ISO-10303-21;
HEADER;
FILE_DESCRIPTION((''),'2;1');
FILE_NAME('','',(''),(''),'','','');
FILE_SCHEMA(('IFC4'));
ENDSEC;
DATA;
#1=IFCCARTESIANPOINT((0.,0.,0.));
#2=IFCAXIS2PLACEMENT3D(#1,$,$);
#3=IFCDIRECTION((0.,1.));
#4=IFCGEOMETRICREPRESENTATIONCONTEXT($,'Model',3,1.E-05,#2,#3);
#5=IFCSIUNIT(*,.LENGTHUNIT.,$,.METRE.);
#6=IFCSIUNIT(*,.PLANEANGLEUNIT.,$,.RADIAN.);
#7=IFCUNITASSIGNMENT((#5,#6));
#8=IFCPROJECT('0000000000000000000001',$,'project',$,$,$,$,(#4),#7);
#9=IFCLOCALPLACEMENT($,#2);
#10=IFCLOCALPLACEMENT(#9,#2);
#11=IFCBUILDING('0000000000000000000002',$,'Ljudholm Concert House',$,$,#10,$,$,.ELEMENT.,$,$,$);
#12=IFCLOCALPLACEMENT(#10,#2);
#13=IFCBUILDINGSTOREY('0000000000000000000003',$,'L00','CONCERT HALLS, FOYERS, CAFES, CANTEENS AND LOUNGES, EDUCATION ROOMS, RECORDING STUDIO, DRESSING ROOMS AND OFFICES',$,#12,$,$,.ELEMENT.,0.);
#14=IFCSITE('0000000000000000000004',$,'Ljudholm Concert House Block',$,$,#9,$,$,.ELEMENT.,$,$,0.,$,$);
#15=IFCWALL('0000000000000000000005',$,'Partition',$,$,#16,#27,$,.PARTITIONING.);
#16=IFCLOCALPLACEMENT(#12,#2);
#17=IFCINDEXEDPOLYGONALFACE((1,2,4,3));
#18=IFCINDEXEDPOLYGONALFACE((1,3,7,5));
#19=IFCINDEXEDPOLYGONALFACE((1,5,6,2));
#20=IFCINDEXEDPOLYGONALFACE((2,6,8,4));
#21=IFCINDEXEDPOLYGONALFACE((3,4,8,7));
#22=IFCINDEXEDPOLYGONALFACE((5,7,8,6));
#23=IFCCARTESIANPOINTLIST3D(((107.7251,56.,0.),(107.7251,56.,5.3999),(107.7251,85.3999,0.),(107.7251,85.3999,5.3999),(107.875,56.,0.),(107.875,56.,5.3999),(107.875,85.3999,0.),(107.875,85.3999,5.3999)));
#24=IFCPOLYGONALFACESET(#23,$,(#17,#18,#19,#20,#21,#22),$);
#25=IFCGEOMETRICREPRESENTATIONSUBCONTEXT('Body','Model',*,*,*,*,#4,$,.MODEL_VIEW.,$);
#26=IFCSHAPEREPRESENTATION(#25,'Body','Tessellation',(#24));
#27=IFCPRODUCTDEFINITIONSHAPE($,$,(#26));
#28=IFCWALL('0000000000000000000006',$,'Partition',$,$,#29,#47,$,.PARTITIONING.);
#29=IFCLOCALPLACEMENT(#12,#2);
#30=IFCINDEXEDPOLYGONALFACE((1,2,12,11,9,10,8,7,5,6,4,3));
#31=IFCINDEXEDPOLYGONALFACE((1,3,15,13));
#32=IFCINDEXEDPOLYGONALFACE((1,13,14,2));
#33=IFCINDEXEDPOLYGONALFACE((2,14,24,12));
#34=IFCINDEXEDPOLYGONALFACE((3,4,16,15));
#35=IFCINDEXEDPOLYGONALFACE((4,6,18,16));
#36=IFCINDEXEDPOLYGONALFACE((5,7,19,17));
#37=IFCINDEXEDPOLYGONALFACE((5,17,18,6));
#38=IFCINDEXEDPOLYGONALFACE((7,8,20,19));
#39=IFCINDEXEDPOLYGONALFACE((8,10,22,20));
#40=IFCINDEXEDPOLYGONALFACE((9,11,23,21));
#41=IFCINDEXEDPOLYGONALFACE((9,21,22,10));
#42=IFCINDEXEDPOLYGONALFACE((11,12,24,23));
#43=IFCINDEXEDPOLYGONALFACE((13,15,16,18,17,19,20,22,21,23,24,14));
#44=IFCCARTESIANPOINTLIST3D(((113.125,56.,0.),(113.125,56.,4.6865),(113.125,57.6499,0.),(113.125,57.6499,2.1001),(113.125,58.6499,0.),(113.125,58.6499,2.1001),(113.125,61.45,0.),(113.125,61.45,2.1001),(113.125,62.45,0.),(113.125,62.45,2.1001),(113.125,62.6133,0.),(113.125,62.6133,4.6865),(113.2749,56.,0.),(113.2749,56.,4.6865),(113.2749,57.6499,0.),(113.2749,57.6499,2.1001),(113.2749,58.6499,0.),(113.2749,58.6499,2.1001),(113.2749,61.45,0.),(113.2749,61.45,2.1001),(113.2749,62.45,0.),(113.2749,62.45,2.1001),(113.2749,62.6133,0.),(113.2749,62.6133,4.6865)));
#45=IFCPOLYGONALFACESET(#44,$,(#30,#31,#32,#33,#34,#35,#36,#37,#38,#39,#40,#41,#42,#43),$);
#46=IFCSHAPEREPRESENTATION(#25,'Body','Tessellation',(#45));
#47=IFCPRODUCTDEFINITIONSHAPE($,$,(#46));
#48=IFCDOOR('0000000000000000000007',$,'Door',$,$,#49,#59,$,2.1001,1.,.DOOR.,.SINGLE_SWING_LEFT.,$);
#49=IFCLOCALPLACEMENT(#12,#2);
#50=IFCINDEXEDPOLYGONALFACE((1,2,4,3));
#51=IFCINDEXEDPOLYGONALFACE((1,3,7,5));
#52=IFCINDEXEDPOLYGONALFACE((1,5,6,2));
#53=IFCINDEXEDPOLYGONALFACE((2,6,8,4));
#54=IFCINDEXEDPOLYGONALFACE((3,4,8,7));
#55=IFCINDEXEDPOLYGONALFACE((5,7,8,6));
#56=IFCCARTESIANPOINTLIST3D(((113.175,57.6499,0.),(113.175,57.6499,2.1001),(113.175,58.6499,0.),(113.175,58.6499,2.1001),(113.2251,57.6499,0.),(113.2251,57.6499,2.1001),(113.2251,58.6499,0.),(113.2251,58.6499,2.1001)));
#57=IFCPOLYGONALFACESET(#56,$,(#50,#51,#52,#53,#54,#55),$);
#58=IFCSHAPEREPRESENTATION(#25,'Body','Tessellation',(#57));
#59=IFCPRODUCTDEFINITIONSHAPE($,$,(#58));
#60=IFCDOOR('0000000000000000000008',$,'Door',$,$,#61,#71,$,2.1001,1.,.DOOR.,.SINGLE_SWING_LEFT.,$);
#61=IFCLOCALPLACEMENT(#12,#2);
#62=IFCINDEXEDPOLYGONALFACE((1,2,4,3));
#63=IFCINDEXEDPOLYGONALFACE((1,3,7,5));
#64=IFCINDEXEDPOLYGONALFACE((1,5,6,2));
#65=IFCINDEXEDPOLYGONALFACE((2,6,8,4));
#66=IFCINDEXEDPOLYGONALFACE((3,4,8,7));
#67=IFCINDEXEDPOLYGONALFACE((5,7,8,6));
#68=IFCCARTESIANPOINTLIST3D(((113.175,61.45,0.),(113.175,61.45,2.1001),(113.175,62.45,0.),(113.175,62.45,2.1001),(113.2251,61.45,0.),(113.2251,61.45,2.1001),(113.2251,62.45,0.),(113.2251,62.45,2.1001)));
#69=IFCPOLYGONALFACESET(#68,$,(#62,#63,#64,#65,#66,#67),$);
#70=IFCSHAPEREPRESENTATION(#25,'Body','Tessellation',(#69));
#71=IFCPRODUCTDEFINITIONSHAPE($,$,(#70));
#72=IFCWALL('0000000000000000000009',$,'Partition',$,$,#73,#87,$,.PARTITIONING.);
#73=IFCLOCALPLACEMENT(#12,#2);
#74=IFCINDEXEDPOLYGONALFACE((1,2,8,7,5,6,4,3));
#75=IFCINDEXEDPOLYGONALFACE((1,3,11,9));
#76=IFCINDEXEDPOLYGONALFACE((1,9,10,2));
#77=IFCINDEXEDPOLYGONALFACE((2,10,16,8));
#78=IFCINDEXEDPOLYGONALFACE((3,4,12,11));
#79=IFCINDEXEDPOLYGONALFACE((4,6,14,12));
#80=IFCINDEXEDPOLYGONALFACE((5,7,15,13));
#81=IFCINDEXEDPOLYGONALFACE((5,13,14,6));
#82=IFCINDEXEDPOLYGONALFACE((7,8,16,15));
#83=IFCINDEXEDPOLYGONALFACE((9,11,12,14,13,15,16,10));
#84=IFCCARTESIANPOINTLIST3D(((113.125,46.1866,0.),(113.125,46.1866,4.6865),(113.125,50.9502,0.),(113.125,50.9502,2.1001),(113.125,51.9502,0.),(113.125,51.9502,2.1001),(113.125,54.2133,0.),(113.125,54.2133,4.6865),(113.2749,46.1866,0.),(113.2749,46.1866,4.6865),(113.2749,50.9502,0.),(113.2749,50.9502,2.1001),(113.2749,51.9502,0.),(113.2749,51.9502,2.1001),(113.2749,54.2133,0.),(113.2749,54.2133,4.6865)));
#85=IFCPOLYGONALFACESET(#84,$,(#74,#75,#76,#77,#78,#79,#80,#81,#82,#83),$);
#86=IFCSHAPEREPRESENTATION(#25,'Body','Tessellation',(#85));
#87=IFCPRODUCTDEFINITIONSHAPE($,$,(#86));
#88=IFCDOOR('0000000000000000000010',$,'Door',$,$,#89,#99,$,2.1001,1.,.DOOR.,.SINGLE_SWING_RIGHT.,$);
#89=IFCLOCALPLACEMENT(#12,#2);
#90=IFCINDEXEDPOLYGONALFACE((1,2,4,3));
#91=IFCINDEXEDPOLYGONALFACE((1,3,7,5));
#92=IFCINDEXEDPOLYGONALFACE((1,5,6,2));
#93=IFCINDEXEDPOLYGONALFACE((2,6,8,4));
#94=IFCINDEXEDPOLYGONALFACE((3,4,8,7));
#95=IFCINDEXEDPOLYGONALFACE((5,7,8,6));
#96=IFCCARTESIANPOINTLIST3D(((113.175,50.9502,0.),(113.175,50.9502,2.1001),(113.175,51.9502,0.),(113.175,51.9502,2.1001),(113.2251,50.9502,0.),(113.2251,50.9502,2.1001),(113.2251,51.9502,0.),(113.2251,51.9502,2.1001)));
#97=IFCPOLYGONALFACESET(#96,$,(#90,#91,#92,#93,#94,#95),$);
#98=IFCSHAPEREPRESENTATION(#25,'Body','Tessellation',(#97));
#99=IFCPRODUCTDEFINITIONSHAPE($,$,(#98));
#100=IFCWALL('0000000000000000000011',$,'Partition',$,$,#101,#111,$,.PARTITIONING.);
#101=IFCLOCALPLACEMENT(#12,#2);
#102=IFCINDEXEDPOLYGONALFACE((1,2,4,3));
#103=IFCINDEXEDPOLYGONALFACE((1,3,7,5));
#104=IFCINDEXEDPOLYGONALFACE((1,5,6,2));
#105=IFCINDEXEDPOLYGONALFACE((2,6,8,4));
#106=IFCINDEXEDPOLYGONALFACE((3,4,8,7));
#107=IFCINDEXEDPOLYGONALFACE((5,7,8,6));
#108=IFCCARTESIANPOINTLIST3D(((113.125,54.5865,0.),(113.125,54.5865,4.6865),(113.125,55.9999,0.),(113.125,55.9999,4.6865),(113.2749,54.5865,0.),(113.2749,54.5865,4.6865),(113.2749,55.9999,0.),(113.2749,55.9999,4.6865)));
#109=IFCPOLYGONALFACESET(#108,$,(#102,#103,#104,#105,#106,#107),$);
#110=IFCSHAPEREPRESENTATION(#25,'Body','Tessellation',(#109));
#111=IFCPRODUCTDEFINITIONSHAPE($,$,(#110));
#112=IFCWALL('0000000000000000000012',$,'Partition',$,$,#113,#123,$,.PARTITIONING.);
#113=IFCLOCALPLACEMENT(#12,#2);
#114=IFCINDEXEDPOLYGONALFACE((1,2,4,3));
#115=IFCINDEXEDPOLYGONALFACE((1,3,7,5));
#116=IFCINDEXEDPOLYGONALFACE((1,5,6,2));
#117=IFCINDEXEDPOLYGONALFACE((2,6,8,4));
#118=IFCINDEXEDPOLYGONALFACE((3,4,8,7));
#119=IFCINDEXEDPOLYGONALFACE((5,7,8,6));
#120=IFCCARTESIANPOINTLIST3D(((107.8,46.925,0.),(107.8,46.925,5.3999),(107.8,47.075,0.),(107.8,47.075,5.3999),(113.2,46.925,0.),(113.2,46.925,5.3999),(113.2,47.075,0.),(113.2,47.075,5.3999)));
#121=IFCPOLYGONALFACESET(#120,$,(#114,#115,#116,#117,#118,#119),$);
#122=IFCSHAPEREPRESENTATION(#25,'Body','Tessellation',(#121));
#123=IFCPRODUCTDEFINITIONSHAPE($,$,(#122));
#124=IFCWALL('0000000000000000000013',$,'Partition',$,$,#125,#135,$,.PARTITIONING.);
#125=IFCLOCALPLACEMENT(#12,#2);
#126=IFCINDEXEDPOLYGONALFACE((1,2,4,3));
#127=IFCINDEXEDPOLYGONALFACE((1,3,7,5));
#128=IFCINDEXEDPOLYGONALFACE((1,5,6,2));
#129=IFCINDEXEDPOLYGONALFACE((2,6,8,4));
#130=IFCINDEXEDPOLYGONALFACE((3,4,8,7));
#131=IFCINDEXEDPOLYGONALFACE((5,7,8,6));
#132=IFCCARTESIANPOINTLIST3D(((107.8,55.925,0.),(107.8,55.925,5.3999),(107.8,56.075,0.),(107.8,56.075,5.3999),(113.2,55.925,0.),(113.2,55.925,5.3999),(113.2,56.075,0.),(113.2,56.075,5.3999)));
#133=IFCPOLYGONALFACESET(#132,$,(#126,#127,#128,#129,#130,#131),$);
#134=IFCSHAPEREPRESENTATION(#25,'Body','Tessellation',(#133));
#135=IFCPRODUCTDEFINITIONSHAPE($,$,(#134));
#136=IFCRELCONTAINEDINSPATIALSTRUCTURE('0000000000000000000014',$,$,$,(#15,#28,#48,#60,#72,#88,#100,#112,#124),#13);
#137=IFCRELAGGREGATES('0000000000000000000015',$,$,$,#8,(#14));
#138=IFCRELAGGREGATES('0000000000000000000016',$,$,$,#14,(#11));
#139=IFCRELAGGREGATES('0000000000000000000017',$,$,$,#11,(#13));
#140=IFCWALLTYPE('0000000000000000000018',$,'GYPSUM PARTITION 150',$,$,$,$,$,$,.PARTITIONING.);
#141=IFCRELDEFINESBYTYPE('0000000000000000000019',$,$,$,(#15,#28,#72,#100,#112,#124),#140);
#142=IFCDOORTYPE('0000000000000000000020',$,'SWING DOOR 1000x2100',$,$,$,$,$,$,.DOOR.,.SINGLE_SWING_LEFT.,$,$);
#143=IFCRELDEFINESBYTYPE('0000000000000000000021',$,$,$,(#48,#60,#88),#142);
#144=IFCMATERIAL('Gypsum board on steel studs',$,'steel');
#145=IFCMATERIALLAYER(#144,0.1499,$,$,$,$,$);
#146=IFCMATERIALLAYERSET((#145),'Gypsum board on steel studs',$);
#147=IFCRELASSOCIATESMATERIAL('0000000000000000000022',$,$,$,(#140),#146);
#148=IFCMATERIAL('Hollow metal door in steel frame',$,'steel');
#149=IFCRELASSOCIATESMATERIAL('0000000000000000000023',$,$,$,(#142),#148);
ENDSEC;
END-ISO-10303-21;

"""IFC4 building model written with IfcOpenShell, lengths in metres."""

from ifc_helpers import new_model, si_unit, direction, frame, frame_2d, origin, place, context, subcontext, project, spatial, rectangle, extrude, material, layer, layer_set, type_object, element, fill, save


model = new_model("IFC4")

# Units and contexts
model_context = context("Model", 3, precision=1e-05, world=origin(), true_north=direction((0.0, 1.0)))
body_context = subcontext(model_context, "Body", "Model", "MODEL_VIEW")
ifc_project = project(units=[si_unit("LENGTHUNIT", "METRE"), si_unit("PLANEANGLEUNIT", "RADIAN")], contexts=[model_context])

# Site, building, storey
site_placement = place(None, origin())
site = spatial("IfcSite", under=ifc_project, at=site_placement, Name="Ljudholm Concert House Block", CompositionType="ELEMENT", RefElevation=0.0)
building_placement = place(site_placement, origin())
building = spatial("IfcBuilding", under=site, at=building_placement, Name="Ljudholm Concert House", CompositionType="ELEMENT")
storey_placement = place(building_placement, origin())
storey = spatial("IfcBuildingStorey", under=building, at=storey_placement, Name="L00", Description="CONCERT HALLS, FOYERS, CAFES, CANTEENS AND LOUNGES, EDUCATION ROOMS, RECORDING STUDIO, DRESSING ROOMS AND OFFICES", CompositionType="ELEMENT", Elevation=0.0)

# Wall
ifc_material_1 = material(Name="Gypsum board on steel studs", Category="steel")
ifc_layer = layer(ifc_material_1, 0.1499)
ifc_layer_set = layer_set([ifc_layer], Name="Gypsum board on steel studs")
wall_type = type_object("IfcWallType", Name="GYPSUM PARTITION 150", PredefinedType="PARTITIONING", material=ifc_layer_set)
wall_1_placement = place(storey_placement, frame((107.8, 56.0, 0.0), z_axis=(0.0, 0.0, 1.0), x_axis=(0.0, 1.0, 0.0)))
element("IfcWall", 1, at=wall_1_placement, inside=storey, type_object=wall_type, Name="Partition", PredefinedType="PARTITIONING", context=body_context, shape_type="SweptSolid", body=[
    extrude(rectangle(XDim=29.3999, YDim=0.1499, at=frame_2d((14.7, 0.0))), origin(), (0.0, 0.0, 1.0), 5.3999),
])

# Wall, openings, doors
wall_2_placement = place(storey_placement, frame((113.2, 56.0, 0.0), z_axis=(0.0, 0.0, 1.0), x_axis=(0.0, 1.0, 0.0)))
wall_2 = element("IfcWall", 2, at=wall_2_placement, inside=storey, type_object=wall_type, Name="Partition", PredefinedType="PARTITIONING", context=body_context, shape_type="SweptSolid", body=[
    extrude(rectangle(XDim=6.6133, YDim=0.1499, at=frame_2d((3.3066, 0.0))), origin(), (0.0, 0.0, 1.0), 4.6865),
])
opening_1_placement = place(wall_2_placement, frame((1.6499, 0.0, 0.0)))
opening_1 = element("IfcOpeningElement", 3, at=opening_1_placement, cuts=wall_2, PredefinedType="OPENING", context=body_context, shape_type="SweptSolid", body=[
    extrude(rectangle(XDim=1.0, YDim=2.1001, at=frame_2d((0.5, 1.05))), frame((0.0, 0.085, 0.0), z_axis=(0.0, -1.0, 0.0), x_axis=(1.0, 0.0, 0.0)), (0.0, 0.0, 1.0), 0.1699),
])
opening_2_placement = place(wall_2_placement, frame((5.45, 0.0, 0.0)))
opening_2 = element("IfcOpeningElement", 4, at=opening_2_placement, cuts=wall_2, PredefinedType="OPENING", context=body_context, shape_type="SweptSolid", body=[
    extrude(rectangle(XDim=1.0, YDim=2.1001, at=frame_2d((0.5, 1.05))), frame((0.0, 0.085, 0.0), z_axis=(0.0, -1.0, 0.0), x_axis=(1.0, 0.0, 0.0)), (0.0, 0.0, 1.0), 0.1699),
])
ifc_material_2 = material(Name="Hollow metal door in steel frame", Category="steel")
door_type = type_object("IfcDoorType", Name="SWING DOOR 1000x2100", OperationType="SINGLE_SWING_LEFT", PredefinedType="DOOR", material=ifc_material_2)
door_1_placement = place(opening_1_placement, origin())
door_1 = element("IfcDoor", 5, at=door_1_placement, inside=storey, type_object=door_type, Name="Door", OperationType="SINGLE_SWING_LEFT", OverallHeight=2.1001, OverallWidth=1.0, PredefinedType="DOOR", context=body_context, shape_type="SweptSolid", body=[
    extrude(rectangle(XDim=1.0, YDim=2.1001, at=frame_2d((0.5, 1.05))), frame((0.0, 0.0249, 0.0), z_axis=(0.0, -1.0, 0.0), x_axis=(1.0, 0.0, 0.0)), (0.0, 0.0, 1.0), 0.05),
])
fill(opening_1, door_1)
door_2_placement = place(opening_2_placement, origin())
door_2 = element("IfcDoor", 6, at=door_2_placement, inside=storey, type_object=door_type, Name="Door", OperationType="SINGLE_SWING_LEFT", OverallHeight=2.1001, OverallWidth=1.0, PredefinedType="DOOR", context=body_context, shape_type="SweptSolid", body=[
    extrude(rectangle(XDim=1.0, YDim=2.1001, at=frame_2d((0.5, 1.05))), frame((0.0, 0.0249, 0.0), z_axis=(0.0, -1.0, 0.0), x_axis=(1.0, 0.0, 0.0)), (0.0, 0.0, 1.0), 0.05),
])
fill(opening_2, door_2)

# Wall, opening, door
wall_3_placement = place(storey_placement, frame((113.2, 46.1868, 0.0), z_axis=(0.0, 0.0, 1.0), x_axis=(0.0, 1.0, 0.0)))
wall_3 = element("IfcWall", 7, at=wall_3_placement, inside=storey, type_object=wall_type, Name="Partition", PredefinedType="PARTITIONING", context=body_context, shape_type="SweptSolid", body=[
    extrude(rectangle(XDim=8.0266, YDim=0.1499, at=frame_2d((4.0132, 0.0))), origin(), (0.0, 0.0, 1.0), 4.6865),
])
opening_3_placement = place(wall_3_placement, frame((4.7634, 0.0, 0.0)))
opening_3 = element("IfcOpeningElement", 8, at=opening_3_placement, cuts=wall_3, PredefinedType="OPENING", context=body_context, shape_type="SweptSolid", body=[
    extrude(rectangle(XDim=1.0, YDim=2.1001, at=frame_2d((0.5, 1.05))), frame((0.0, 0.085, 0.0), z_axis=(0.0, -1.0, 0.0), x_axis=(1.0, 0.0, 0.0)), (0.0, 0.0, 1.0), 0.1699),
])
door_3_placement = place(opening_3_placement, origin())
door_3 = element("IfcDoor", 9, at=door_3_placement, inside=storey, type_object=door_type, Name="Door", OperationType="SINGLE_SWING_RIGHT", OverallHeight=2.1001, OverallWidth=1.0, PredefinedType="DOOR", context=body_context, shape_type="SweptSolid", body=[
    extrude(rectangle(XDim=1.0, YDim=2.1001, at=frame_2d((0.5, 1.05))), frame((0.0, 0.0249, 0.0), z_axis=(0.0, -1.0, 0.0), x_axis=(1.0, 0.0, 0.0)), (0.0, 0.0, 1.0), 0.05),
])
fill(opening_3, door_3)

# Walls
wall_4_placement = place(storey_placement, frame((113.2, 54.5867, 0.0), z_axis=(0.0, 0.0, 1.0), x_axis=(0.0, 1.0, 0.0)))
element("IfcWall", 10, at=wall_4_placement, inside=storey, type_object=wall_type, Name="Partition", PredefinedType="PARTITIONING", context=body_context, shape_type="SweptSolid", body=[
    extrude(rectangle(XDim=1.4133, YDim=0.1499, at=frame_2d((0.7065, 0.0))), origin(), (0.0, 0.0, 1.0), 4.6865),
])
for number, where, z_axis, x_axis, name in (
    (11, (107.8, 47.0, 0.0), (0.0, 0.0, 1.0), (1.0, 0.0, 0.0), "Partition"),
    (12, (107.8, 56.0, 0.0), (0.0, 0.0, 1.0), (1.0, 0.0, 0.0), "Partition"),
):
    element("IfcWall", number, at=place(storey_placement, frame(where, z_axis=z_axis, x_axis=x_axis)), inside=storey, type_object=wall_type, Name=name, PredefinedType="PARTITIONING", context=body_context, shape_type="SweptSolid", body=[
        extrude(rectangle(XDim=5.3999, YDim=0.1499, at=frame_2d((2.7, 0.0))), origin(), (0.0, 0.0, 1.0), 5.3999),
    ])

save(model, "model.ifc")
